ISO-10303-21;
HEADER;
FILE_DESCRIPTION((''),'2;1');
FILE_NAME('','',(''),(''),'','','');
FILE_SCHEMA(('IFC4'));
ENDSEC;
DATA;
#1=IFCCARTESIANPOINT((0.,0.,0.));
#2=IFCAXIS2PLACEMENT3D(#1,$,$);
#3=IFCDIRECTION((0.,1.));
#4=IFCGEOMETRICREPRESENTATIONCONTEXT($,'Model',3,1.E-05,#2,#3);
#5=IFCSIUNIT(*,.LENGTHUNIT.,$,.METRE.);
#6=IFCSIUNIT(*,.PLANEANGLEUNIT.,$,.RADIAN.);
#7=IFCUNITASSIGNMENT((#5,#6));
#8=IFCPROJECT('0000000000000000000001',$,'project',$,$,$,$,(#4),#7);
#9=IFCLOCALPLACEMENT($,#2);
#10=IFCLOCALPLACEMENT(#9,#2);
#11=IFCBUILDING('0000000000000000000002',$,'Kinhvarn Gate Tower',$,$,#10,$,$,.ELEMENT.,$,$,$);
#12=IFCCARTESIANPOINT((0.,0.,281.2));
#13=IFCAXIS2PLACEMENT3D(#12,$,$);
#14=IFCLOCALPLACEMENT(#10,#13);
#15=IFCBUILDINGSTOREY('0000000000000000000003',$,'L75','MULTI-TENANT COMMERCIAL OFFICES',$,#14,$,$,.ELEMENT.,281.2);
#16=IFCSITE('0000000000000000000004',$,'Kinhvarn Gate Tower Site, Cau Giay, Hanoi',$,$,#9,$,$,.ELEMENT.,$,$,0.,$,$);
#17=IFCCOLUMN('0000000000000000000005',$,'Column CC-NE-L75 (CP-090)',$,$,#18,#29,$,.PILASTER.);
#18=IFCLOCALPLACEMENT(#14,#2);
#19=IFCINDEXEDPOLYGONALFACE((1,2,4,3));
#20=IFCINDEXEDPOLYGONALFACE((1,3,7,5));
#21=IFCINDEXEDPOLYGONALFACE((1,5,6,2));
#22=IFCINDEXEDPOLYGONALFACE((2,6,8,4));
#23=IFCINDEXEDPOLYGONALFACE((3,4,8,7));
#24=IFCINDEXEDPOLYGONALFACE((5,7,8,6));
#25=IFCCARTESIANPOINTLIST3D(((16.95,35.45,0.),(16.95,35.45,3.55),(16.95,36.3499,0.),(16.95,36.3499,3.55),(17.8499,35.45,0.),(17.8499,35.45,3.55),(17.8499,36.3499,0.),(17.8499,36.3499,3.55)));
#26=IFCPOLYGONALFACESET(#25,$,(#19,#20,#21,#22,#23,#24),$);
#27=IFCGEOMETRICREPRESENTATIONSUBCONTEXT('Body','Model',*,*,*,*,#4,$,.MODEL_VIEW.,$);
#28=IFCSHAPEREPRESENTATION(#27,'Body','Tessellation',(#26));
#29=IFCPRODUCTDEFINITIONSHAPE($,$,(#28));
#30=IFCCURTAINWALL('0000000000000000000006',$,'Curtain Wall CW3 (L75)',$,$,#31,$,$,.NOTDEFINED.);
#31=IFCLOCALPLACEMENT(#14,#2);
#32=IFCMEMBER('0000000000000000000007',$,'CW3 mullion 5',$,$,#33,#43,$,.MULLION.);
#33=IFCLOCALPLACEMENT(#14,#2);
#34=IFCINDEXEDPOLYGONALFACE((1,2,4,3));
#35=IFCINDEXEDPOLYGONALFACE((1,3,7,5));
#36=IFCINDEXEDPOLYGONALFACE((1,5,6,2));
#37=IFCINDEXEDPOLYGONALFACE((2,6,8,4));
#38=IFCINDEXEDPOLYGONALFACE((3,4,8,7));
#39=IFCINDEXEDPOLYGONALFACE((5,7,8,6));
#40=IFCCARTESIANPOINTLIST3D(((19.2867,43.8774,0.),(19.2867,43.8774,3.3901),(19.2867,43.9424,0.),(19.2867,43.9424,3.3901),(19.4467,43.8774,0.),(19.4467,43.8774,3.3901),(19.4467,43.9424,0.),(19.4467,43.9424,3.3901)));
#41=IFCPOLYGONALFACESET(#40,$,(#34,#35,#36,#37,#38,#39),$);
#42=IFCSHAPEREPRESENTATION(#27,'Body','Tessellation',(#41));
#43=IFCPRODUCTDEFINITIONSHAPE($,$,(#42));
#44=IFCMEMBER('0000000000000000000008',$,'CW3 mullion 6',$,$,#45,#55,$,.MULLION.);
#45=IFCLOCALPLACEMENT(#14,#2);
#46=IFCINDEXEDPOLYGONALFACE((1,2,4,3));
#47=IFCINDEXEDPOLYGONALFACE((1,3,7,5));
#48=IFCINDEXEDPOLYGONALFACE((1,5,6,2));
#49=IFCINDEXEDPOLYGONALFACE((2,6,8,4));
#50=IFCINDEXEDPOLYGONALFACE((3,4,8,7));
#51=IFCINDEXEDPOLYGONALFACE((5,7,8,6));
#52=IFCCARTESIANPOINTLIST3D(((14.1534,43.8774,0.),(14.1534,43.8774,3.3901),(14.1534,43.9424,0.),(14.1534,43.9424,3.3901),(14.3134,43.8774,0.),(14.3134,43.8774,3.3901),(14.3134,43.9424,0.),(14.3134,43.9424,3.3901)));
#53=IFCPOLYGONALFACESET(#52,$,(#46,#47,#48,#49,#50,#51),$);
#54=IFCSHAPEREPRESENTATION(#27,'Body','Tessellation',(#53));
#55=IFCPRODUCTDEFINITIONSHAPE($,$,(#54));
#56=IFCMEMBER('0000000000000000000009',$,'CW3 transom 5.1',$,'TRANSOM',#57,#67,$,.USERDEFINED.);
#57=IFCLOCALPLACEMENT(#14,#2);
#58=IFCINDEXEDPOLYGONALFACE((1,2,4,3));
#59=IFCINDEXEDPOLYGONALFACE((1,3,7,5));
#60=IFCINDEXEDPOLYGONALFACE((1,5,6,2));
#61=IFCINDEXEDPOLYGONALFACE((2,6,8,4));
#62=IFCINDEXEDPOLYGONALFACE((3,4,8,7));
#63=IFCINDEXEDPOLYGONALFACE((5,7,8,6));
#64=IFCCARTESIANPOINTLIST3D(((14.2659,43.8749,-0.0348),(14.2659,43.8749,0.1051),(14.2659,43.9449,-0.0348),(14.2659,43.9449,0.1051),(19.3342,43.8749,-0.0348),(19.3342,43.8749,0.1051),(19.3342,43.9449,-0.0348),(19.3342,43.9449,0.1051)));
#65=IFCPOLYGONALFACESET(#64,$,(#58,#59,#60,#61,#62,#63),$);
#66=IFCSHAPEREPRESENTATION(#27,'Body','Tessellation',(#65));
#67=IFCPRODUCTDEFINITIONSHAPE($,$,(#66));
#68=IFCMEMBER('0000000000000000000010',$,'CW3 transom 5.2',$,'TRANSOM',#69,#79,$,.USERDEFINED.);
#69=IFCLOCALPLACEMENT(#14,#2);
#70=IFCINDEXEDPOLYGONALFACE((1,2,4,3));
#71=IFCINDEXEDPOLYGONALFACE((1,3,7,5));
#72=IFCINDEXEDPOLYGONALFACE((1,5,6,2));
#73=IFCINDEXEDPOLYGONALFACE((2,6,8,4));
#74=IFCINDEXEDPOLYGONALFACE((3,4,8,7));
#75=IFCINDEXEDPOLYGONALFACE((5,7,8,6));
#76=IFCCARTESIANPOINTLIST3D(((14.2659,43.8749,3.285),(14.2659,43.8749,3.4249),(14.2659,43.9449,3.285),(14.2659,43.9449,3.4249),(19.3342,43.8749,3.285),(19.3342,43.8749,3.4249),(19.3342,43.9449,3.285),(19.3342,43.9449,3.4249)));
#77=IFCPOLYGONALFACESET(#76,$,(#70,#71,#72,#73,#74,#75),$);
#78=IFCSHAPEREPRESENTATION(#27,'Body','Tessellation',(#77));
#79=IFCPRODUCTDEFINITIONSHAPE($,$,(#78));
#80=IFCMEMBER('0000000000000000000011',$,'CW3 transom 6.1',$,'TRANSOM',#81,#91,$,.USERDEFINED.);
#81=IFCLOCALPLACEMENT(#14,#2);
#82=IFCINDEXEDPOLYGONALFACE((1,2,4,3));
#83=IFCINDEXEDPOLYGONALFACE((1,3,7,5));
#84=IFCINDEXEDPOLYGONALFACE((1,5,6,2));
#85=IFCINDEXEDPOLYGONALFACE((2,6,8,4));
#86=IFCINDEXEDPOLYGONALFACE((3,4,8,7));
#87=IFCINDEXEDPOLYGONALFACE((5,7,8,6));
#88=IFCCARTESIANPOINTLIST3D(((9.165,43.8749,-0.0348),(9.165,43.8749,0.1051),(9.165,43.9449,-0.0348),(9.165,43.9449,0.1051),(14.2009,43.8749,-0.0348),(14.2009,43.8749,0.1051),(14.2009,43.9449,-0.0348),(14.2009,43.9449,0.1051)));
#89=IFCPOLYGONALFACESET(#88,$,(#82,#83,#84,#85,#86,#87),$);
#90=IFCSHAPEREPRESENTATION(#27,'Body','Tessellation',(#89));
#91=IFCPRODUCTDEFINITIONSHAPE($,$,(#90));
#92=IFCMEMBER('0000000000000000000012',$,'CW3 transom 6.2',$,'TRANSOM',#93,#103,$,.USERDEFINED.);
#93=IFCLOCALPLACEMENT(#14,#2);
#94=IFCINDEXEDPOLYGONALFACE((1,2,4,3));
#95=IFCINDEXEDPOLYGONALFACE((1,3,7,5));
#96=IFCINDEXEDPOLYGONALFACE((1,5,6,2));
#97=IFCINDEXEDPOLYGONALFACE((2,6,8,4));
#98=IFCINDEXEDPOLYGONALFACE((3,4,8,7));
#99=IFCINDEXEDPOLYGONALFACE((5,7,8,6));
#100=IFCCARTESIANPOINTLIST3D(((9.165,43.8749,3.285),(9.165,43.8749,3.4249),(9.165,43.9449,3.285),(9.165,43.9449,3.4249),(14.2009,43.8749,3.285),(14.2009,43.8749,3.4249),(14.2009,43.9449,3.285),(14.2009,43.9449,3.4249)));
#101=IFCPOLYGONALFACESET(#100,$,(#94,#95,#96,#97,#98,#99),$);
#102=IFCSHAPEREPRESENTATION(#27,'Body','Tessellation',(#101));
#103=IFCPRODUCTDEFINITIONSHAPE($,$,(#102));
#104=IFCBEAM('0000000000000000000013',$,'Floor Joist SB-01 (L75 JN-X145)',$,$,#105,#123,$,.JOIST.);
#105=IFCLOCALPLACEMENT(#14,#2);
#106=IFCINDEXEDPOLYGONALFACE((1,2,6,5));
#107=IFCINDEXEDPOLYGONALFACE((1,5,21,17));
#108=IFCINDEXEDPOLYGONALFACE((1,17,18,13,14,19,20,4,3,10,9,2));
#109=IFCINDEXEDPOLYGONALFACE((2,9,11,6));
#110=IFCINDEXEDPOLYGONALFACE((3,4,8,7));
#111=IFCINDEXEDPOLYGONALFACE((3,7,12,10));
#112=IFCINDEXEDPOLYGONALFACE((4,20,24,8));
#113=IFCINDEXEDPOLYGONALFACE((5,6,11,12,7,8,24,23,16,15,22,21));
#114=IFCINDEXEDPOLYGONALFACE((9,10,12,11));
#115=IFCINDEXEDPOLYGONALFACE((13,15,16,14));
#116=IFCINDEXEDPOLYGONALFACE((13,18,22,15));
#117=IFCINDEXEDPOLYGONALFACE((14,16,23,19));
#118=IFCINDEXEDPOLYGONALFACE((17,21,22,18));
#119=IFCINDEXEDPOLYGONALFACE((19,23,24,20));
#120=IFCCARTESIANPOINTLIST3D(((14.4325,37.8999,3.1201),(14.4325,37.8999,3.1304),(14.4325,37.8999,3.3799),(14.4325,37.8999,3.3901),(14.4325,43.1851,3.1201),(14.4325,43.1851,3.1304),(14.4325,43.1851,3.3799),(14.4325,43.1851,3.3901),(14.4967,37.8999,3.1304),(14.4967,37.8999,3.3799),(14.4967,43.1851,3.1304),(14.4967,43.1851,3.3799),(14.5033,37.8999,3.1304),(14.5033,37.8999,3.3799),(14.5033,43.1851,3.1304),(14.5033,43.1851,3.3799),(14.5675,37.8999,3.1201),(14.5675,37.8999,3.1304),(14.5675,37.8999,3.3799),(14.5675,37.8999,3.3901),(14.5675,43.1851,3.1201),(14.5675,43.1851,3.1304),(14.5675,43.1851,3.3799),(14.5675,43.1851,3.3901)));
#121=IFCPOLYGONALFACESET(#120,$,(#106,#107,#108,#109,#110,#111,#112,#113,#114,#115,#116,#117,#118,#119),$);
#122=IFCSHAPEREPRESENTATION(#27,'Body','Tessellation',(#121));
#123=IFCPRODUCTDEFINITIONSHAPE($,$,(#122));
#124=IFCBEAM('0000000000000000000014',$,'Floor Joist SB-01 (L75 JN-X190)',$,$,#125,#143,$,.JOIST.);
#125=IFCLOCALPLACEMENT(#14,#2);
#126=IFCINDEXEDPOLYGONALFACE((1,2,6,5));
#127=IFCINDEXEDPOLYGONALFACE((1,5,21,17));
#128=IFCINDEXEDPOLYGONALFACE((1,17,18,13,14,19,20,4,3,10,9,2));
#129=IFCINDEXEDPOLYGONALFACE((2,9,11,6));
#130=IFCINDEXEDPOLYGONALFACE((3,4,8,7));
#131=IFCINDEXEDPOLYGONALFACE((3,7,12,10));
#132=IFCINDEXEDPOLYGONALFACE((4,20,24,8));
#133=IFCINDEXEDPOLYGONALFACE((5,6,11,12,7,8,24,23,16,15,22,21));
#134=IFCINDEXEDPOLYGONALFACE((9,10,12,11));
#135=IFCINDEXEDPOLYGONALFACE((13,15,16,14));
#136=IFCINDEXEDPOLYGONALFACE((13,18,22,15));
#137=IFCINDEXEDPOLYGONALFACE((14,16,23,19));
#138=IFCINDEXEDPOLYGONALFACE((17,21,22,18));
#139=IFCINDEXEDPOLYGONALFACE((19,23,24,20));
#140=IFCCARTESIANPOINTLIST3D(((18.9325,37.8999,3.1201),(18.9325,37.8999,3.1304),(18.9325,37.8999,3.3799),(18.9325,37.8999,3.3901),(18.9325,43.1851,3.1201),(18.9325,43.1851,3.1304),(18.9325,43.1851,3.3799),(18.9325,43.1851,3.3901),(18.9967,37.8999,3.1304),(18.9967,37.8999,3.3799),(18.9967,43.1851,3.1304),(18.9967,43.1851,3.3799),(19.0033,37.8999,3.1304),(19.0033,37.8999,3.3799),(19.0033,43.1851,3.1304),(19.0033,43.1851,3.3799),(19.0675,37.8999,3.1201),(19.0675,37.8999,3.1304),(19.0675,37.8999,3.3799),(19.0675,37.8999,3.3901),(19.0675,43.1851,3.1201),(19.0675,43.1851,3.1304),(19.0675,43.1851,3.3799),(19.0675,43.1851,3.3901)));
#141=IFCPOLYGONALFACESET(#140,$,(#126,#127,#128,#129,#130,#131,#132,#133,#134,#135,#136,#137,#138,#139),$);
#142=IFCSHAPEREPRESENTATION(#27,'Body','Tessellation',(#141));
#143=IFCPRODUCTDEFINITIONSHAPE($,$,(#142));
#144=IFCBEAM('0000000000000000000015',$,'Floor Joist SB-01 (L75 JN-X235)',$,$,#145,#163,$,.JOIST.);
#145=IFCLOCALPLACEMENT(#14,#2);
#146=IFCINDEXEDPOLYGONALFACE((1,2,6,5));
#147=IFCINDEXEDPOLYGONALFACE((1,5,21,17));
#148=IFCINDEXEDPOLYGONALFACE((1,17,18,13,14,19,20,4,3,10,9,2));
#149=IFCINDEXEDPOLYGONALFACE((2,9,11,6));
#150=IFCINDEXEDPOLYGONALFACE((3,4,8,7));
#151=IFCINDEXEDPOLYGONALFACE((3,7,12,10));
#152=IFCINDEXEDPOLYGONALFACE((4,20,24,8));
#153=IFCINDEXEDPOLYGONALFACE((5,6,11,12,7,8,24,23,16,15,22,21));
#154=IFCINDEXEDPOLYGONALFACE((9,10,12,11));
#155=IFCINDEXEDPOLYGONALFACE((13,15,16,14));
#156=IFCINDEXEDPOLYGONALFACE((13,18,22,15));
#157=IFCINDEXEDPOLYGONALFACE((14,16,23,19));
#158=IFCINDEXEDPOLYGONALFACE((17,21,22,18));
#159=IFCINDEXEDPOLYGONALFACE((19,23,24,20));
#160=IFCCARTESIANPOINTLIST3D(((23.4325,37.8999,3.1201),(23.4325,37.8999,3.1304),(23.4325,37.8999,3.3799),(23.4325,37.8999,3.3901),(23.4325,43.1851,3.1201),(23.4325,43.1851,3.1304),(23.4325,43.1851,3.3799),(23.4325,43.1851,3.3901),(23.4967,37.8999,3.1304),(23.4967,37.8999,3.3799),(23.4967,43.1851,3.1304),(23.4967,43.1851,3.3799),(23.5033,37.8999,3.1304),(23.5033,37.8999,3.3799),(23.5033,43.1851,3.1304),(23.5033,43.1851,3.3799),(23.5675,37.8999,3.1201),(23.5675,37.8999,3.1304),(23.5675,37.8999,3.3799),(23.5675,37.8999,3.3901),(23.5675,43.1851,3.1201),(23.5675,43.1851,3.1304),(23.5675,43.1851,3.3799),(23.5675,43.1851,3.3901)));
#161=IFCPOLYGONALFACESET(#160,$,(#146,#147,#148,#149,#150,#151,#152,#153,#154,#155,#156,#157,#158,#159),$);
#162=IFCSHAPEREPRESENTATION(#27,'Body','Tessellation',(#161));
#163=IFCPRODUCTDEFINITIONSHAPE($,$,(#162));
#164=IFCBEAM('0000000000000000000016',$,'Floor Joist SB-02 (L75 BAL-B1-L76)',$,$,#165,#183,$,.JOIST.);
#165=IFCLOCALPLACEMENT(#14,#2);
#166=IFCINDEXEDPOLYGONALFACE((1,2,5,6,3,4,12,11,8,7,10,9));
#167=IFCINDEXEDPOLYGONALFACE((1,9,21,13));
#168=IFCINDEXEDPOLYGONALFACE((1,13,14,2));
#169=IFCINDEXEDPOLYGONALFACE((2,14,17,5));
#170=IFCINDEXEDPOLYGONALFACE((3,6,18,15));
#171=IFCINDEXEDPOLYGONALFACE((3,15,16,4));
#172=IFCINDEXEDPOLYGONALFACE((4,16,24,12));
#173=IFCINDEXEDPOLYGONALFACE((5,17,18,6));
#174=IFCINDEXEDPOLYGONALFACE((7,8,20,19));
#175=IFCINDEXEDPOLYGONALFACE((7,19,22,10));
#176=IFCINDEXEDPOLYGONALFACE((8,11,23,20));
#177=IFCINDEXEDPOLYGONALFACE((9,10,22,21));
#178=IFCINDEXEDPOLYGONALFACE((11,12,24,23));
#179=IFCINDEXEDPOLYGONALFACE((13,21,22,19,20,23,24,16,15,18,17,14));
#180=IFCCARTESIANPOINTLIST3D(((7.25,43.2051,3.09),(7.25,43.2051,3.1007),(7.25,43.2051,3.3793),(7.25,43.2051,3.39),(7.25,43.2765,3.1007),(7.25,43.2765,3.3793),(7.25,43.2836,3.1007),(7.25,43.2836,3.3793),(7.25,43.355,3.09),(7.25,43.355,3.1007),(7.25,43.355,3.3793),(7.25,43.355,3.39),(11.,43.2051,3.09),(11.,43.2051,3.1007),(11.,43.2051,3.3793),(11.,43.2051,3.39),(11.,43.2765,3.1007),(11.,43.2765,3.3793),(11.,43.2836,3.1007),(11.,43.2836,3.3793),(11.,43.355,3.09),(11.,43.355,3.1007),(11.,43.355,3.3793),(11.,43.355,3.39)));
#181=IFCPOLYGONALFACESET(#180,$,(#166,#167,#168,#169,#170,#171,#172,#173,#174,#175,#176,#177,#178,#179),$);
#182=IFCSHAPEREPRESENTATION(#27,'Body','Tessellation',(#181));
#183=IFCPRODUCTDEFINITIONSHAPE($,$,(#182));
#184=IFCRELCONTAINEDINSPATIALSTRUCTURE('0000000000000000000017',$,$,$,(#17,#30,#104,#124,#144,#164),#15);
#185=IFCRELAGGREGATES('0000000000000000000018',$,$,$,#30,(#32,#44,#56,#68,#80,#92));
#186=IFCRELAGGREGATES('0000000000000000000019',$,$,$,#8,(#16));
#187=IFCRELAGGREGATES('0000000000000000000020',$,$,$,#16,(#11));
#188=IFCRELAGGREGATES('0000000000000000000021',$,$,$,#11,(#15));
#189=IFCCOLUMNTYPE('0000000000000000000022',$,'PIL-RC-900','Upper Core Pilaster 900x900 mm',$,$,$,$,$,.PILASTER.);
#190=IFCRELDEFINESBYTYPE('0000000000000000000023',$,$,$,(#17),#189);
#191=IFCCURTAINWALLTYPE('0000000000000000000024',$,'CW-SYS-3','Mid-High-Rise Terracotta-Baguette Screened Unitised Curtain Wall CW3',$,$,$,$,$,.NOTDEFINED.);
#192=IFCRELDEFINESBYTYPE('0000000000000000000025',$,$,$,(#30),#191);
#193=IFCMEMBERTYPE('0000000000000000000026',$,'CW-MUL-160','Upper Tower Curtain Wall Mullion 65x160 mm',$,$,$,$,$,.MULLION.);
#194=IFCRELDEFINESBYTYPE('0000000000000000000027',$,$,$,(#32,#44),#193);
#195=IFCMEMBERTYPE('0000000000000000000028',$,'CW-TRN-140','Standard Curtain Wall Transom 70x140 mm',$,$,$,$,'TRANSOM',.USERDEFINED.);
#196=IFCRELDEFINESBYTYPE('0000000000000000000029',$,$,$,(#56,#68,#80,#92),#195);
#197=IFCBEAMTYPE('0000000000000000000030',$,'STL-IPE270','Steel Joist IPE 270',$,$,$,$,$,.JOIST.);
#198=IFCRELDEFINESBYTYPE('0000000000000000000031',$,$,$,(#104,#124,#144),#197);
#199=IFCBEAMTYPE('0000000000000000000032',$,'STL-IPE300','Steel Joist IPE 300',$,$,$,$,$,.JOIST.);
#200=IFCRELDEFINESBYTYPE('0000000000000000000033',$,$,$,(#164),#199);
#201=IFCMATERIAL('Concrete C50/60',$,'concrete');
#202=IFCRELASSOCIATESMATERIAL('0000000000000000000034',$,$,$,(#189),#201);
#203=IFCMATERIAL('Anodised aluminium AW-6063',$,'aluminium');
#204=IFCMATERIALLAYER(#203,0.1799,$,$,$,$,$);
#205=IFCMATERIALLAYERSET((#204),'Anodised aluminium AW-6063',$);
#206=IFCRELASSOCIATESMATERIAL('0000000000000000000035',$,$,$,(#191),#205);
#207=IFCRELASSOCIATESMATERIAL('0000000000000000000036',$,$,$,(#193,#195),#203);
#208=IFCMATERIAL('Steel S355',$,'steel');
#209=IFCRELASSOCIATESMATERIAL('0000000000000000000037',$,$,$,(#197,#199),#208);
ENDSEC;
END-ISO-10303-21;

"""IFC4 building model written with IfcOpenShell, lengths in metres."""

from ifc_helpers import new_model, si_unit, direction, frame, origin, origin_2d, place, context, subcontext, project, spatial, rectangle, i_section, extrude, material, layer, layer_set, material_profile, profile_set, type_object, element, aggregate, save


model = new_model("IFC4")

# Units and contexts
model_context = context("Model", 3, precision=1e-05, world=origin(), true_north=direction((0.0, 1.0)))
body_context = subcontext(model_context, "Body", "Model", "MODEL_VIEW")
ifc_project = project(units=[si_unit("LENGTHUNIT", "METRE"), si_unit("PLANEANGLEUNIT", "RADIAN")], contexts=[model_context])

# Site, building, storey
site_placement = place(None, origin())
site = spatial("IfcSite", under=ifc_project, at=site_placement, Name="Kinhvarn Gate Tower Site, Cau Giay, Hanoi", CompositionType="ELEMENT", RefElevation=0.0)
building_placement = place(site_placement, origin())
building = spatial("IfcBuilding", under=site, at=building_placement, Name="Kinhvarn Gate Tower", CompositionType="ELEMENT")
storey_placement = place(building_placement, frame((0.0, 0.0, 281.2)))
storey = spatial("IfcBuildingStorey", under=building, at=storey_placement, Name="L75", Description="MULTI-TENANT COMMERCIAL OFFICES", CompositionType="ELEMENT", Elevation=281.2)

# Column
ifc_material_1 = material(Name="Concrete C50/60", Category="concrete")
ifc_material_profile_1 = material_profile(ifc_material_1, rectangle(XDim=0.8999, YDim=0.8999, at=origin_2d()), Name="RC 900x900")
ifc_profile_set_1 = profile_set([ifc_material_profile_1], Name="Concrete C50/60")
column_type = type_object("IfcColumnType", Name="PIL-RC-900", Description="Upper Core Pilaster 900x900 mm", PredefinedType="PILASTER", material=ifc_profile_set_1)
column_placement = place(storey_placement, frame((17.3999, 35.8999, 0.0), z_axis=(0.0, 0.0, 1.0), x_axis=(1.0, 0.0, 0.0)))
element("IfcColumn", 1, at=column_placement, inside=storey, type_object=column_type, Name="Column CC-NE-L75 (CP-090)", PredefinedType="PILASTER", context=body_context, shape_type="SweptSolid", body=[
    extrude(rectangle(XDim=0.8999, YDim=0.8999, at=origin_2d()), origin(), (0.0, 0.0, 1.0), 3.55),
])

# Curtain wall, members
ifc_material_2 = material(Name="Anodised aluminium AW-6063", Category="aluminium")
ifc_layer_1 = layer(ifc_material_2, 0.1799)
ifc_layer_set_1 = layer_set([ifc_layer_1], Name="Anodised aluminium AW-6063")
curtain_wall_type = type_object("IfcCurtainWallType", Name="CW-SYS-3", Description="Mid-High-Rise Terracotta-Baguette Screened Unitised Curtain Wall CW3", PredefinedType="NOTDEFINED", material=ifc_layer_set_1)
curtain_wall_placement = place(storey_placement, origin())
curtain_wall = element("IfcCurtainWall", 2, at=curtain_wall_placement, inside=storey, type_object=curtain_wall_type, Name="Curtain Wall CW3 (L75)", PredefinedType="NOTDEFINED")
ifc_material_profile_2 = material_profile(ifc_material_2, rectangle(XDim=0.0649, YDim=0.1599, at=origin_2d()), Name="ALU 65x160")
ifc_profile_set_2 = profile_set([ifc_material_profile_2], Name="Anodised aluminium AW-6063")
member_type_1 = type_object("IfcMemberType", Name="CW-MUL-160", Description="Upper Tower Curtain Wall Mullion 65x160 mm", PredefinedType="MULLION", material=ifc_profile_set_2)
member_1_placement = place(storey_placement, frame((19.3667, 43.9099, 0.0), z_axis=(0.0, 0.0, 1.0), x_axis=(0.0, -1.0, 0.0)))
member_1 = element("IfcMember", 3, at=member_1_placement, type_object=member_type_1, Name="CW3 mullion 5", PredefinedType="MULLION", context=body_context, shape_type="SweptSolid", body=[
    extrude(rectangle(XDim=0.0649, YDim=0.1599, at=origin_2d()), origin(), (0.0, 0.0, 1.0), 3.3901),
])
member_2_placement = place(storey_placement, frame((14.2334, 43.9099, 0.0), z_axis=(0.0, 0.0, 1.0), x_axis=(0.0, -1.0, 0.0)))
member_2 = element("IfcMember", 4, at=member_2_placement, type_object=member_type_1, Name="CW3 mullion 6", PredefinedType="MULLION", context=body_context, shape_type="SweptSolid", body=[
    extrude(rectangle(XDim=0.0649, YDim=0.1599, at=origin_2d()), origin(), (0.0, 0.0, 1.0), 3.3901),
])
ifc_material_profile_3 = material_profile(ifc_material_2, rectangle(XDim=0.0701, YDim=0.1399, at=origin_2d()), Name="ALU 70x140")
ifc_profile_set_3 = profile_set([ifc_material_profile_3], Name="Anodised aluminium AW-6063")
member_type_2 = type_object("IfcMemberType", Name="CW-TRN-140", Description="Standard Curtain Wall Transom 70x140 mm", ElementType="TRANSOM", PredefinedType="USERDEFINED", material=ifc_profile_set_3)
member_3_placement = place(storey_placement, frame((19.3342, 43.9099, 0.0352), z_axis=(-1.0, 0.0, 0.0), x_axis=(0.0, -1.0, 0.0)))
member_3 = element("IfcMember", 5, at=member_3_placement, type_object=member_type_2, Name="CW3 transom 5.1", ObjectType="TRANSOM", PredefinedType="USERDEFINED", context=body_context, shape_type="SweptSolid", body=[
    extrude(rectangle(XDim=0.0701, YDim=0.1399, at=origin_2d()), origin(), (0.0, 0.0, 1.0), 5.0684),
])
member_4_placement = place(storey_placement, frame((19.3342, 43.9099, 3.355), z_axis=(-1.0, 0.0, 0.0), x_axis=(0.0, -1.0, 0.0)))
member_4 = element("IfcMember", 6, at=member_4_placement, type_object=member_type_2, Name="CW3 transom 5.2", ObjectType="TRANSOM", PredefinedType="USERDEFINED", context=body_context, shape_type="SweptSolid", body=[
    extrude(rectangle(XDim=0.0701, YDim=0.1399, at=origin_2d()), origin(), (0.0, 0.0, 1.0), 5.0684),
])
member_5_placement = place(storey_placement, frame((14.2009, 43.9099, 0.0352), z_axis=(-1.0, 0.0, 0.0), x_axis=(0.0, -1.0, 0.0)))
member_5 = element("IfcMember", 7, at=member_5_placement, type_object=member_type_2, Name="CW3 transom 6.1", ObjectType="TRANSOM", PredefinedType="USERDEFINED", context=body_context, shape_type="SweptSolid", body=[
    extrude(rectangle(XDim=0.0701, YDim=0.1399, at=origin_2d()), origin(), (0.0, 0.0, 1.0), 5.0359),
])
member_6_placement = place(storey_placement, frame((14.2009, 43.9099, 3.355), z_axis=(-1.0, 0.0, 0.0), x_axis=(0.0, -1.0, 0.0)))
member_6 = element("IfcMember", 8, at=member_6_placement, type_object=member_type_2, Name="CW3 transom 6.2", ObjectType="TRANSOM", PredefinedType="USERDEFINED", context=body_context, shape_type="SweptSolid", body=[
    extrude(rectangle(XDim=0.0701, YDim=0.1399, at=origin_2d()), origin(), (0.0, 0.0, 1.0), 5.0359),
])

# Beams
ifc_material_3 = material(Name="Steel S355", Category="steel")
ifc_material_profile_4 = material_profile(ifc_material_3, i_section(OverallWidth=0.135, OverallDepth=0.27, WebThickness=0.0066, FlangeThickness=0.0103, at=origin_2d()), Name="IPE 270")
ifc_profile_set_4 = profile_set([ifc_material_profile_4], Name="Steel S355")
beam_type_1 = type_object("IfcBeamType", Name="STL-IPE270", Description="Steel Joist IPE 270", PredefinedType="JOIST", material=ifc_profile_set_4)
for number, where, z_axis, x_axis, name in (
    (9, (14.5, 37.8999, 3.2551), (0.0, 1.0, 0.0), (-1.0, 0.0, 0.0), "Floor Joist SB-01 (L75 JN-X145)"),
    (10, (19.0, 37.8999, 3.2551), (0.0, 1.0, 0.0), (-1.0, 0.0, 0.0), "Floor Joist SB-01 (L75 JN-X190)"),
    (11, (23.5, 37.8999, 3.2551), (0.0, 1.0, 0.0), (-1.0, 0.0, 0.0), "Floor Joist SB-01 (L75 JN-X235)"),
):
    element("IfcBeam", number, at=place(storey_placement, frame(where, z_axis=z_axis, x_axis=x_axis)), inside=storey, type_object=beam_type_1, Name=name, PredefinedType="JOIST", context=body_context, shape_type="SweptSolid", body=[
        extrude(i_section(OverallWidth=0.135, OverallDepth=0.27, WebThickness=0.0066, FlangeThickness=0.0103, at=origin_2d()), origin(), (0.0, 0.0, 1.0), 5.2852),
    ])
ifc_material_profile_5 = material_profile(ifc_material_3, i_section(OverallWidth=0.1499, OverallDepth=0.3, WebThickness=0.0071, FlangeThickness=0.0107, at=origin_2d()), Name="IPE 300")
ifc_profile_set_5 = profile_set([ifc_material_profile_5], Name="Steel S355")
beam_type_2 = type_object("IfcBeamType", Name="STL-IPE300", Description="Steel Joist IPE 300", PredefinedType="JOIST", material=ifc_profile_set_5)
beam_1_placement = place(storey_placement, frame((11.0, 43.28, 3.24), z_axis=(-1.0, 0.0, 0.0), x_axis=(0.0, -1.0, 0.0)))
element("IfcBeam", 12, at=beam_1_placement, inside=storey, type_object=beam_type_2, Name="Floor Joist SB-02 (L75 BAL-B1-L76)", PredefinedType="JOIST", context=body_context, shape_type="SweptSolid", body=[
    extrude(i_section(OverallWidth=0.1499, OverallDepth=0.3, WebThickness=0.0071, FlangeThickness=0.0107, at=origin_2d()), origin(), (0.0, 0.0, 1.0), 3.75),
])

aggregate(curtain_wall, [member_1, member_2, member_3, member_4, member_5, member_6])

save(model, "model.ifc")
